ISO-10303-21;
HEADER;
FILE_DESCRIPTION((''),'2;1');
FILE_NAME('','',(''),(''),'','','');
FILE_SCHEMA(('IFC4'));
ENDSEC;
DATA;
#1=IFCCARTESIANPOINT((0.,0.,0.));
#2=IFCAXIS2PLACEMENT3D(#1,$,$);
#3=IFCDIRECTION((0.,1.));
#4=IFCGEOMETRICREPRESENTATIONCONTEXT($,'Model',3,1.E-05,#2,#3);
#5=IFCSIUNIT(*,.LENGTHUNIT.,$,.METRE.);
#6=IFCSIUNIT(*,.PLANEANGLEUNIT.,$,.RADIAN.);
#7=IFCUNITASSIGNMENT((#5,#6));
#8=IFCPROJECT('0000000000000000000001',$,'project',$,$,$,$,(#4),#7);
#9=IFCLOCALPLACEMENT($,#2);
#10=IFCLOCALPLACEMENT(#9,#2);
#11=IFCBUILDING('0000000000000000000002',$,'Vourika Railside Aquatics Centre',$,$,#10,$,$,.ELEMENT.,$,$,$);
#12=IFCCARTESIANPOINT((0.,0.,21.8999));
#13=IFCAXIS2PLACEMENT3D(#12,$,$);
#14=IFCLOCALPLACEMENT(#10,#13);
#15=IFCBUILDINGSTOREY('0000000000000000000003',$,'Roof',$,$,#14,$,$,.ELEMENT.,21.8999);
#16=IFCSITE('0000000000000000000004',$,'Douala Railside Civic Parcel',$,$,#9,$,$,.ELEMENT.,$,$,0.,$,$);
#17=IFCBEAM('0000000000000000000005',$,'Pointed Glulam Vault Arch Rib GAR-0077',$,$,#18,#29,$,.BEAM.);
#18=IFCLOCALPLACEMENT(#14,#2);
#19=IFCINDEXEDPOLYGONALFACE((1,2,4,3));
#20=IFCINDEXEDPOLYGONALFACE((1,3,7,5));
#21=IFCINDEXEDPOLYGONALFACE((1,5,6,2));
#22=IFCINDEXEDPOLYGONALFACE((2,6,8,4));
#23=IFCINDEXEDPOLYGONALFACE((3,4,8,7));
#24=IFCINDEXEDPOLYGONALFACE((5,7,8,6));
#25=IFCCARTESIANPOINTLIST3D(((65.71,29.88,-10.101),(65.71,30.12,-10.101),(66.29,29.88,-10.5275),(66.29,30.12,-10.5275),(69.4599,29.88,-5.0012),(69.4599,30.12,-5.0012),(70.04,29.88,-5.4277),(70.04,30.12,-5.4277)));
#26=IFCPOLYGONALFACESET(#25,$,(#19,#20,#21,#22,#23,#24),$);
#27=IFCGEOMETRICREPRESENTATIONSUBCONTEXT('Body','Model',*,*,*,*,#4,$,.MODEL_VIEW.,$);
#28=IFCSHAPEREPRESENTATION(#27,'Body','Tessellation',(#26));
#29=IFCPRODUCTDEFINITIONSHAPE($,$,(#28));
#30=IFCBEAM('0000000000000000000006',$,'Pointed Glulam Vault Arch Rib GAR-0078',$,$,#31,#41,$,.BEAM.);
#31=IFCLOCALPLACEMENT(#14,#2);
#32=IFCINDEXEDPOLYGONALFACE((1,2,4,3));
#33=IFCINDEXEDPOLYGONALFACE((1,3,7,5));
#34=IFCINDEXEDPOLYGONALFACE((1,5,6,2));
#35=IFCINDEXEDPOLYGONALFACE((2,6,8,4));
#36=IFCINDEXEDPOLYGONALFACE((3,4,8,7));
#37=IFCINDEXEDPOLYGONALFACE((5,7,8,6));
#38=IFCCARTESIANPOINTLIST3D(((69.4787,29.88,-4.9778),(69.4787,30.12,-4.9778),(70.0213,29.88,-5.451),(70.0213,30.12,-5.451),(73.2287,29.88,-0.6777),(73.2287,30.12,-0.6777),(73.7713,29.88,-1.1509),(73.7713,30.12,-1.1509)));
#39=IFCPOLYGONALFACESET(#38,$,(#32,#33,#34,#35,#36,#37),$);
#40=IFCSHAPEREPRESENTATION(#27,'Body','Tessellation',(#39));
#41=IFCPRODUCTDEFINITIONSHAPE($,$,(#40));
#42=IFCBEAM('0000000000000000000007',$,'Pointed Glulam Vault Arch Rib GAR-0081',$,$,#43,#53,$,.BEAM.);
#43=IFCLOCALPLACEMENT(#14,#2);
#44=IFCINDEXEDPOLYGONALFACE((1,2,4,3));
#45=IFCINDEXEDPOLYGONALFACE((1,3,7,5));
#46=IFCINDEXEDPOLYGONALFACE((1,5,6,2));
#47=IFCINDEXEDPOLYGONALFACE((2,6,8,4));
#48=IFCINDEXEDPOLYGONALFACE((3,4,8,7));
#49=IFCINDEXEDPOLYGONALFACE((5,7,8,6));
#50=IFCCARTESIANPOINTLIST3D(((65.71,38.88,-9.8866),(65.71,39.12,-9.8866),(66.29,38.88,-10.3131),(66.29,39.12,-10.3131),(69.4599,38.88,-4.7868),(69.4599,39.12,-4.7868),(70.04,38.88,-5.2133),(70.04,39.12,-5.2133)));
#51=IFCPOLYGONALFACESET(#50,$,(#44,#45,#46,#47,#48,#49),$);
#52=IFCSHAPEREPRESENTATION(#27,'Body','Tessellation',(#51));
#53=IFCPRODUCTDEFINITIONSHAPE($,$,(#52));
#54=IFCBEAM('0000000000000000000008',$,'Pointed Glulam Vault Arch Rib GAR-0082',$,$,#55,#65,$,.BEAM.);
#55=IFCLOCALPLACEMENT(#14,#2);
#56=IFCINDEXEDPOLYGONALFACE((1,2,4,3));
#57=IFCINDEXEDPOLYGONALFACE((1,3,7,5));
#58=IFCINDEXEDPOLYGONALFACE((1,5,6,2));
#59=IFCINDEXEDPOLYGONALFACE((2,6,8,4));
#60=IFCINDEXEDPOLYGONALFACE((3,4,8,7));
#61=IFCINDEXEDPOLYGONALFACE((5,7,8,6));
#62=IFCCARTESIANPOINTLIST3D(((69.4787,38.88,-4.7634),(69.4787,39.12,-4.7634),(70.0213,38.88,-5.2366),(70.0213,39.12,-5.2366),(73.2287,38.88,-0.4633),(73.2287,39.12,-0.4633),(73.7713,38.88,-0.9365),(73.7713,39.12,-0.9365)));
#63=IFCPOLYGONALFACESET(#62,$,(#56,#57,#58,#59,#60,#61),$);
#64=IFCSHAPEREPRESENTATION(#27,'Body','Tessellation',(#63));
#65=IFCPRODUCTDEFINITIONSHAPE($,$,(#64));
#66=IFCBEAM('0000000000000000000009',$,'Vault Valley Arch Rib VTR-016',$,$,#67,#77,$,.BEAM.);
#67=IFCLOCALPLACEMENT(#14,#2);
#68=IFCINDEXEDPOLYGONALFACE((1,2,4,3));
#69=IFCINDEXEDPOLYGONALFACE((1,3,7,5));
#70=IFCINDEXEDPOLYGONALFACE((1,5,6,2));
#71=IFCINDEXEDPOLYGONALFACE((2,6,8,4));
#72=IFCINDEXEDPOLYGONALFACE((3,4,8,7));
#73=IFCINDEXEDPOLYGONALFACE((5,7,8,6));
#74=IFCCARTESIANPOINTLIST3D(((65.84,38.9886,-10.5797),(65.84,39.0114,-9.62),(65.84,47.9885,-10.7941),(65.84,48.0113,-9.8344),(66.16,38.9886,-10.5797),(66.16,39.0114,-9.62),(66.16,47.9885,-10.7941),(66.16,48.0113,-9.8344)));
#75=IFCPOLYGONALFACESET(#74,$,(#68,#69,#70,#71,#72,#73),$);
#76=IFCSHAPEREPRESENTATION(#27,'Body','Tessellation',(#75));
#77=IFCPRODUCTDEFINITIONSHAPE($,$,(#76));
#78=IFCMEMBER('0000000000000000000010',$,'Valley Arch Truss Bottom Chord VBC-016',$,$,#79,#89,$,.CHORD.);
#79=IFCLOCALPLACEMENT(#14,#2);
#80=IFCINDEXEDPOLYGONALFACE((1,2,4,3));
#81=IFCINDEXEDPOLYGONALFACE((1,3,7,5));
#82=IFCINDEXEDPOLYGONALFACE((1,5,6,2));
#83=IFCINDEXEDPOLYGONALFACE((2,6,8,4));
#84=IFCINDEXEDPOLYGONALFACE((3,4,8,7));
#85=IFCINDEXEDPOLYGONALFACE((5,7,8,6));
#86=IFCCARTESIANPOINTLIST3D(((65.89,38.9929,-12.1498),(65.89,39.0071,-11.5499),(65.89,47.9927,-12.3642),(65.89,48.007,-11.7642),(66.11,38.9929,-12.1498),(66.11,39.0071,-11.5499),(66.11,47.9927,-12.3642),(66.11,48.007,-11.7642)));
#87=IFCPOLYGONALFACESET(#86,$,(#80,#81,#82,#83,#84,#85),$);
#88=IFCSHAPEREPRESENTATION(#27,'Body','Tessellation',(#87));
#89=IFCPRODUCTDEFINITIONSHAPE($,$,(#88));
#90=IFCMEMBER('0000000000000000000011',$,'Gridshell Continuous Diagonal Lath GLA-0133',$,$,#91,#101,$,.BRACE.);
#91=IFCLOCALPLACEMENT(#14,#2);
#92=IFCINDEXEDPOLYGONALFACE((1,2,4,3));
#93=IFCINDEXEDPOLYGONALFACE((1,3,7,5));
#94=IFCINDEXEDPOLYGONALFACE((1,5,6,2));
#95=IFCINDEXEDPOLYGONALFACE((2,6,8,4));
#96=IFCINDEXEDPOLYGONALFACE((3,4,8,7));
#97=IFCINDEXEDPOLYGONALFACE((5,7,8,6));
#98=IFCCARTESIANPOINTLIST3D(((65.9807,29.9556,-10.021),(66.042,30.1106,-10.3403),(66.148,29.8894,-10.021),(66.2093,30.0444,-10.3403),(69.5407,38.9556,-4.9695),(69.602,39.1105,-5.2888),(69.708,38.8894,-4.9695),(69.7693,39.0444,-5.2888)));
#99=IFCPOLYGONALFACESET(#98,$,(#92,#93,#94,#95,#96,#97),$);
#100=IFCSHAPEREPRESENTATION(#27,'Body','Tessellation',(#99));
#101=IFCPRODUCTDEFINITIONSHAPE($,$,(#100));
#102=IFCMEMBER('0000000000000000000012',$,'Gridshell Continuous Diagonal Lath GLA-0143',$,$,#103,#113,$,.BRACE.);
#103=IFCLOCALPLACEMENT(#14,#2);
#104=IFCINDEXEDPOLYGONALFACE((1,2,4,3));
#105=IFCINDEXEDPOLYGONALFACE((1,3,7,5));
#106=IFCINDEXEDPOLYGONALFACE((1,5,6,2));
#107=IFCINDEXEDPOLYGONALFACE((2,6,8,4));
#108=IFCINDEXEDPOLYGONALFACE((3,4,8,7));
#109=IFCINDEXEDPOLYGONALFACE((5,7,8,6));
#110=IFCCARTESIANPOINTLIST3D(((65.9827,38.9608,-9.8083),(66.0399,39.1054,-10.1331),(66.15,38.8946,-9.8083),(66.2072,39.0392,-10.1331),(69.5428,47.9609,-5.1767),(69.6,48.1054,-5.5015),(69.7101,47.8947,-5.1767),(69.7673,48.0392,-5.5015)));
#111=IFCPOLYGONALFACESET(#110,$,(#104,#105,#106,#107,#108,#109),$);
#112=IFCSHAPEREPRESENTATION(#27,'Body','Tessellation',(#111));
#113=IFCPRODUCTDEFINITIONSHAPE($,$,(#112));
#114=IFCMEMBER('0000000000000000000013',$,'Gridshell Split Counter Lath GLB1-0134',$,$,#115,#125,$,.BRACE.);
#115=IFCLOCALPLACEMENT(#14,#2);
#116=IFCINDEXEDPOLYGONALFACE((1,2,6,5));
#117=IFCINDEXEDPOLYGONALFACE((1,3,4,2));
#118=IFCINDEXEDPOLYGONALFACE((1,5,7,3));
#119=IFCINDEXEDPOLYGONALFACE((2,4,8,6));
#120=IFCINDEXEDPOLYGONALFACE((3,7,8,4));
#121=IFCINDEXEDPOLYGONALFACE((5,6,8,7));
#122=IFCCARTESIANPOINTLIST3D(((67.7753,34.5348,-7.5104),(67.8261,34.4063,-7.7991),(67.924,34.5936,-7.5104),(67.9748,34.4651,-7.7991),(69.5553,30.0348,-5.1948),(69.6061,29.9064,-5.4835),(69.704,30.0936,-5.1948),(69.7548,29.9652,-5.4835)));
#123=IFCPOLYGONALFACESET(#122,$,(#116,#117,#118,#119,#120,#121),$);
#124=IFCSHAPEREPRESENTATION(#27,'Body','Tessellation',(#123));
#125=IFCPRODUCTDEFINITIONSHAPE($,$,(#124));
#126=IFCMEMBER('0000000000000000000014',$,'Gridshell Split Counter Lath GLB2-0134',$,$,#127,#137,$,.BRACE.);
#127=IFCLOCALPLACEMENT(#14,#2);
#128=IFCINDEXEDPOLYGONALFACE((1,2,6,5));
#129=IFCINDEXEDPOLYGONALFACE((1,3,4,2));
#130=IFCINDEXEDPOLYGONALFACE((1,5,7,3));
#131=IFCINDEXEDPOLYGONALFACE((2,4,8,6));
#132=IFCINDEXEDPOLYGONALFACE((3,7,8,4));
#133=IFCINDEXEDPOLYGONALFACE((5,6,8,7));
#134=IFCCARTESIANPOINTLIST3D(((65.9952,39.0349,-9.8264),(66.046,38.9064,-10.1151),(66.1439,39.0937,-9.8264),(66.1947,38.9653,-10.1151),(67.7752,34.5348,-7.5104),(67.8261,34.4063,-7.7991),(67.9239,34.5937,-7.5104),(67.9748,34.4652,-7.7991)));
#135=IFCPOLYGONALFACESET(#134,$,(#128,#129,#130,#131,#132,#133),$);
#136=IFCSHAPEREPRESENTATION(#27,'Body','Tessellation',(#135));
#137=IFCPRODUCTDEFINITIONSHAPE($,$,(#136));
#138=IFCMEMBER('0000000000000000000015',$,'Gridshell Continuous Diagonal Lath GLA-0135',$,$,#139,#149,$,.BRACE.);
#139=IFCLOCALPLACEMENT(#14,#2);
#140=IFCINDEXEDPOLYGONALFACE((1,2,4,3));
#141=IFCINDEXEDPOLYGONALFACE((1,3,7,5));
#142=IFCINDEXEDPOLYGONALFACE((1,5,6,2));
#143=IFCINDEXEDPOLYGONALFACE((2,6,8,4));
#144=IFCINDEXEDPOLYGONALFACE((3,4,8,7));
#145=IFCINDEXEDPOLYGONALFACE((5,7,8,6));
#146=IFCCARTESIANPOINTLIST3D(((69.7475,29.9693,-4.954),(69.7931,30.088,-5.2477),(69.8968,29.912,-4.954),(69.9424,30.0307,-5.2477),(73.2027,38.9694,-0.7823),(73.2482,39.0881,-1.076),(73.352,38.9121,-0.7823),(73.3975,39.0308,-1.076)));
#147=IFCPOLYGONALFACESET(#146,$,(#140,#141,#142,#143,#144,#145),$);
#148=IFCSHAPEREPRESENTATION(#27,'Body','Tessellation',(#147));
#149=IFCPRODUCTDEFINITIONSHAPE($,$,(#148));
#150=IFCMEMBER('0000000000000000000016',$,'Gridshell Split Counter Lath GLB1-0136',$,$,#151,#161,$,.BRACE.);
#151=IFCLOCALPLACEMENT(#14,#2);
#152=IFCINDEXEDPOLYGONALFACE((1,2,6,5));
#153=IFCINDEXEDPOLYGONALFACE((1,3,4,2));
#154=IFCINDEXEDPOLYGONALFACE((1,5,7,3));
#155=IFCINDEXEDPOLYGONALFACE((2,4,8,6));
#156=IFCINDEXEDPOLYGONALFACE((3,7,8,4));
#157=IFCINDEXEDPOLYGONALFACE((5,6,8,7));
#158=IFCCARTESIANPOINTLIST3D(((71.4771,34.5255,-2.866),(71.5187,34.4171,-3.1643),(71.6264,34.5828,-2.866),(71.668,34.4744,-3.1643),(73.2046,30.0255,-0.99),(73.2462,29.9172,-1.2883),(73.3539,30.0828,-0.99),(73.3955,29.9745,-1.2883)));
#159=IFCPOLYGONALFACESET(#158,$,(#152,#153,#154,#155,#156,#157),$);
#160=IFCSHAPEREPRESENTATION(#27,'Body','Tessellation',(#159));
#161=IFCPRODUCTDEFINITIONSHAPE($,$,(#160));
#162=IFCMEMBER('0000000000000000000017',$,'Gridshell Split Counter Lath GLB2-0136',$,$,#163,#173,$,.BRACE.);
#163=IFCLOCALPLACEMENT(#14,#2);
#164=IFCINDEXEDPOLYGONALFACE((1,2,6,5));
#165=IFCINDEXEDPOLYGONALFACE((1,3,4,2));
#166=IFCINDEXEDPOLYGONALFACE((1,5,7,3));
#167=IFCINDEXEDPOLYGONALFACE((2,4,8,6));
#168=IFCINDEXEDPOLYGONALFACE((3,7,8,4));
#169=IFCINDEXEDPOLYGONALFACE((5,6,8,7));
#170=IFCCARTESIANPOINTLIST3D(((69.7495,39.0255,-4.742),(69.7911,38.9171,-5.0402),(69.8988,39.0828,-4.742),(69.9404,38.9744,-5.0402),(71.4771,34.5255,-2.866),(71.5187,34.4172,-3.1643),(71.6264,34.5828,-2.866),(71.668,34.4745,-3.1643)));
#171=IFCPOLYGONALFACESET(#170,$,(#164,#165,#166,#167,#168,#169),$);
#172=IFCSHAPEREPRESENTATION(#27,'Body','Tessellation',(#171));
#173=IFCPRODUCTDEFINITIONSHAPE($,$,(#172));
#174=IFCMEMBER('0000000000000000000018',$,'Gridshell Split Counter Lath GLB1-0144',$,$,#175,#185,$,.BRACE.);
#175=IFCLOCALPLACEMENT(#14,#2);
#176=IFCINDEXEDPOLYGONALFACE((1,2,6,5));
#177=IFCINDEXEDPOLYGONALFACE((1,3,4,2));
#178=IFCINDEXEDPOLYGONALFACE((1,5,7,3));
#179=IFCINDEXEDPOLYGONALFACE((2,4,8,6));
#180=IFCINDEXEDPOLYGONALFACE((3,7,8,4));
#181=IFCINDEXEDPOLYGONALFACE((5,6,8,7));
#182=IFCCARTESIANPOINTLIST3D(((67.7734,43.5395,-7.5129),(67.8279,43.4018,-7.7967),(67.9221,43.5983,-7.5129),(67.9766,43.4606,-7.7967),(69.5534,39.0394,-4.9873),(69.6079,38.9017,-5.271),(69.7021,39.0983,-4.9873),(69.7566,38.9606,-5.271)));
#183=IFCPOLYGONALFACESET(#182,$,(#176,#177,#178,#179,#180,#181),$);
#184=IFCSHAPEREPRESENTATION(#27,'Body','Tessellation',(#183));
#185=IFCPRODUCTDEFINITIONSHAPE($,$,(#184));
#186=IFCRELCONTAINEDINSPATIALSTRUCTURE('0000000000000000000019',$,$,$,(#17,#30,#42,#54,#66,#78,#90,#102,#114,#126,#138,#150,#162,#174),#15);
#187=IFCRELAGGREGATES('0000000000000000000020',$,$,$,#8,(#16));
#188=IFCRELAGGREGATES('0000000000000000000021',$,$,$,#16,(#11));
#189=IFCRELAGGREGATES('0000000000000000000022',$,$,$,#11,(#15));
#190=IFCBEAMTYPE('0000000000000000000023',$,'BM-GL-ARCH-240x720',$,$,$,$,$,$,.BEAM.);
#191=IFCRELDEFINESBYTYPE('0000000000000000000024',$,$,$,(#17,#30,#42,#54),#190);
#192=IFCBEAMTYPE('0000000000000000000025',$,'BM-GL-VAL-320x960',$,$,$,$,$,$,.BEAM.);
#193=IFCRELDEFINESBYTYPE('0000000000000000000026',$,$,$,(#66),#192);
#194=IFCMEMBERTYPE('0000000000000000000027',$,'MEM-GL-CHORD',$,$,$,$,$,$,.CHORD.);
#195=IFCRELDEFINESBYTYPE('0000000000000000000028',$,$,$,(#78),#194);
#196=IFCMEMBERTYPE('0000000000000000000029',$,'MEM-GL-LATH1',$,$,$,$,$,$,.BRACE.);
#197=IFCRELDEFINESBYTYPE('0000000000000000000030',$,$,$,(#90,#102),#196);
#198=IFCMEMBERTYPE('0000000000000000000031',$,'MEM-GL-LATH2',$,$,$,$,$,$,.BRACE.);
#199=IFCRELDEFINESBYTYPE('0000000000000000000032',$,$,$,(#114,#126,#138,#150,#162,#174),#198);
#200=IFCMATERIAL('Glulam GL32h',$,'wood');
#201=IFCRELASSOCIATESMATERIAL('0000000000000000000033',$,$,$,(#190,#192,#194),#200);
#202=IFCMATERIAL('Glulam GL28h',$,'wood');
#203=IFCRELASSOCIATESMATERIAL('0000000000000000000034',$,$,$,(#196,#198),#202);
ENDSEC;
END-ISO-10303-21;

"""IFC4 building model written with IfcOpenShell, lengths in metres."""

from ifc_helpers import new_model, si_unit, direction, frame, origin, origin_2d, place, context, subcontext, project, spatial, rectangle, extrude, material, material_profile, profile_set, type_object, element, save


model = new_model("IFC4")

# Units and contexts
model_context = context("Model", 3, precision=1e-05, world=origin(), true_north=direction((0.0, 1.0)))
body_context = subcontext(model_context, "Body", "Model", "MODEL_VIEW")
ifc_project = project(units=[si_unit("LENGTHUNIT", "METRE"), si_unit("PLANEANGLEUNIT", "RADIAN")], contexts=[model_context])

# Site, building, storey
site_placement = place(None, origin())
site = spatial("IfcSite", under=ifc_project, at=site_placement, Name="Douala Railside Civic Parcel", CompositionType="ELEMENT", RefElevation=0.0)
building_placement = place(site_placement, origin())
building = spatial("IfcBuilding", under=site, at=building_placement, Name="Vourika Railside Aquatics Centre", CompositionType="ELEMENT")
storey_placement = place(building_placement, frame((0.0, 0.0, 21.8999)))
storey = spatial("IfcBuildingStorey", under=building, at=storey_placement, Name="Roof", CompositionType="ELEMENT", Elevation=21.8999)

# Beams
ifc_material_1 = material(Name="Glulam GL32h", Category="wood")
ifc_material_profile_1 = material_profile(ifc_material_1, rectangle(XDim=0.24, YDim=0.72, at=origin_2d()), Name="GL32h 240x720")
ifc_profile_set_1 = profile_set([ifc_material_profile_1], Name="Glulam GL32h")
beam_type_1 = type_object("IfcBeamType", Name="BM-GL-ARCH-240x720", PredefinedType="BEAM", material=ifc_profile_set_1)
beam_1_placement = place(storey_placement, frame((66.0, 30.0, -10.3142), z_axis=(0.592401, 0.0, 0.805643), x_axis=(0.0, 1.0, 0.0)))
element("IfcBeam", 1, at=beam_1_placement, inside=storey, type_object=beam_type_1, Name="Pointed Glulam Vault Arch Rib GAR-0077", PredefinedType="BEAM", context=body_context, shape_type="SweptSolid", body=[
    extrude(rectangle(XDim=0.24, YDim=0.72, at=origin_2d()), origin(), (0.0, 0.0, 1.0), 6.3301),
])
beam_2_placement = place(storey_placement, frame((69.75, 30.0, -5.2144), z_axis=(0.657259, 0.0, 0.753665), x_axis=(0.0, 1.0, 0.0)))
element("IfcBeam", 2, at=beam_2_placement, inside=storey, type_object=beam_type_1, Name="Pointed Glulam Vault Arch Rib GAR-0078", PredefinedType="BEAM", context=body_context, shape_type="SweptSolid", body=[
    extrude(rectangle(XDim=0.24, YDim=0.72, at=origin_2d()), origin(), (0.0, 0.0, 1.0), 5.7056),
])
beam_3_placement = place(storey_placement, frame((66.0, 39.0, -10.0999), z_axis=(0.592401, 0.0, 0.805643), x_axis=(0.0, 1.0, 0.0)))
element("IfcBeam", 3, at=beam_3_placement, inside=storey, type_object=beam_type_1, Name="Pointed Glulam Vault Arch Rib GAR-0081", PredefinedType="BEAM", context=body_context, shape_type="SweptSolid", body=[
    extrude(rectangle(XDim=0.24, YDim=0.72, at=origin_2d()), origin(), (0.0, 0.0, 1.0), 6.3301),
])
beam_4_placement = place(storey_placement, frame((69.75, 39.0, -5.0), z_axis=(0.657259, 0.0, 0.753665), x_axis=(0.0, 1.0, 0.0)))
element("IfcBeam", 4, at=beam_4_placement, inside=storey, type_object=beam_type_1, Name="Pointed Glulam Vault Arch Rib GAR-0082", PredefinedType="BEAM", context=body_context, shape_type="SweptSolid", body=[
    extrude(rectangle(XDim=0.24, YDim=0.72, at=origin_2d()), origin(), (0.0, 0.0, 1.0), 5.7056),
])
ifc_material_profile_2 = material_profile(ifc_material_1, rectangle(XDim=0.3201, YDim=0.96, at=origin_2d()), Name="GL32h 320x960")
ifc_profile_set_2 = profile_set([ifc_material_profile_2], Name="Glulam GL32h")
beam_type_2 = type_object("IfcBeamType", Name="BM-GL-VAL-320x960", PredefinedType="BEAM", material=ifc_profile_set_2)
beam_5_placement = place(storey_placement, frame((66.0, 39.0, -10.0999), z_axis=(0.0, 0.999716, -0.023811), x_axis=(-1.0, 0.0, 0.0)))
element("IfcBeam", 5, at=beam_5_placement, inside=storey, type_object=beam_type_2, Name="Vault Valley Arch Rib VTR-016", PredefinedType="BEAM", context=body_context, shape_type="SweptSolid", body=[
    extrude(rectangle(XDim=0.3201, YDim=0.96, at=origin_2d()), origin(), (0.0, 0.0, 1.0), 9.0024),
])

# Members
ifc_material_profile_3 = material_profile(ifc_material_1, rectangle(XDim=0.22, YDim=0.6001, at=origin_2d()), Name="GL32h 220x600")
ifc_profile_set_3 = profile_set([ifc_material_profile_3], Name="Glulam GL32h")
member_type_1 = type_object("IfcMemberType", Name="MEM-GL-CHORD", PredefinedType="CHORD", material=ifc_profile_set_3)
member_1_placement = place(storey_placement, frame((66.0, 39.0, -11.8499), z_axis=(0.0, 0.999716, -0.023811), x_axis=(-1.0, 0.0, 0.0)))
element("IfcMember", 6, at=member_1_placement, inside=storey, type_object=member_type_1, Name="Valley Arch Truss Bottom Chord VBC-016", PredefinedType="CHORD", context=body_context, shape_type="SweptSolid", body=[
    extrude(rectangle(XDim=0.22, YDim=0.6001, at=origin_2d()), origin(), (0.0, 0.0, 1.0), 9.0024),
])
ifc_material_2 = material(Name="Glulam GL28h", Category="wood")
ifc_material_profile_4 = material_profile(ifc_material_2, rectangle(XDim=0.1799, YDim=0.3601, at=origin_2d()), Name="GL28h 180x360")
ifc_profile_set_4 = profile_set([ifc_material_profile_4], Name="Glulam GL28h")
member_type_2 = type_object("IfcMemberType", Name="MEM-GL-LATH1", PredefinedType="BRACE", material=ifc_profile_set_4)
member_2_placement = place(storey_placement, frame((66.095, 30.0, -10.1807), z_axis=(0.326087, 0.824365, 0.462699), x_axis=(-0.929893, 0.36783, 0.0)))
element("IfcMember", 7, at=member_2_placement, inside=storey, type_object=member_type_2, Name="Gridshell Continuous Diagonal Lath GLA-0133", PredefinedType="BRACE", context=body_context, shape_type="SweptSolid", body=[
    extrude(rectangle(XDim=0.1799, YDim=0.3601, at=origin_2d()), origin(), (0.0, 0.0, 1.0), 10.9175),
])
member_3_placement = place(storey_placement, frame((66.095, 39.0, -9.9707), z_axis=(0.331796, 0.838796, 0.431662), x_axis=(-0.929893, 0.36783, 0.0)))
element("IfcMember", 8, at=member_3_placement, inside=storey, type_object=member_type_2, Name="Gridshell Continuous Diagonal Lath GLA-0143", PredefinedType="BRACE", context=body_context, shape_type="SweptSolid", body=[
    extrude(rectangle(XDim=0.1799, YDim=0.3601, at=origin_2d()), origin(), (0.0, 0.0, 1.0), 10.7297),
])
ifc_material_profile_5 = material_profile(ifc_material_2, rectangle(XDim=0.1599, YDim=0.3201, at=origin_2d()), Name="GL28h 160x320")
ifc_profile_set_5 = profile_set([ifc_material_profile_5], Name="Glulam GL28h")
member_type_3 = type_object("IfcMemberType", Name="MEM-GL-LATH2", PredefinedType="BRACE", material=ifc_profile_set_5)
member_4_placement = place(storey_placement, frame((69.655, 30.0, -5.3391), z_axis=(-0.331799, 0.838804, -0.431644), x_axis=(-0.929893, -0.36783, 0.0)))
element("IfcMember", 9, at=member_4_placement, inside=storey, type_object=member_type_3, Name="Gridshell Split Counter Lath GLB1-0134", PredefinedType="BRACE", context=body_context, shape_type="SweptSolid", body=[
    extrude(rectangle(XDim=0.1599, YDim=0.3201, at=origin_2d()), origin(), (0.0, 0.0, 1.0), 5.3647),
])
member_5_placement = place(storey_placement, frame((67.875, 34.5, -7.6548), z_axis=(-0.331793, 0.838788, -0.431681), x_axis=(-0.929893, -0.36783, 0.0)))
element("IfcMember", 10, at=member_5_placement, inside=storey, type_object=member_type_3, Name="Gridshell Split Counter Lath GLB2-0134", PredefinedType="BRACE", context=body_context, shape_type="SweptSolid", body=[
    extrude(rectangle(XDim=0.1599, YDim=0.3201, at=origin_2d()), origin(), (0.0, 0.0, 1.0), 5.365),
])
member_6_placement = place(storey_placement, frame((69.845, 30.0, -5.1008), z_axis=(0.328921, 0.856793, 0.397136), x_axis=(-0.93357, 0.358395, 0.0)))
element("IfcMember", 11, at=member_6_placement, inside=storey, type_object=member_type_3, Name="Gridshell Continuous Diagonal Lath GLA-0135", PredefinedType="BRACE", context=body_context, shape_type="SweptSolid", body=[
    extrude(rectangle(XDim=0.1599, YDim=0.3201, at=origin_2d()), origin(), (0.0, 0.0, 1.0), 10.5044),
])
for number, where, z_axis, x_axis, name in (
    (12, (73.3, 30.0, -1.1392), (-0.333992, 0.870003, -0.36269), (-0.93357, -0.358395, 0.0), "Gridshell Split Counter Lath GLB1-0136"),
    (13, (71.5725, 34.5, -3.0151), (-0.333992, 0.870003, -0.36269), (-0.93357, -0.358395, 0.0), "Gridshell Split Counter Lath GLB2-0136"),
):
    element("IfcMember", number, at=place(storey_placement, frame(where, z_axis=z_axis, x_axis=x_axis)), inside=storey, type_object=member_type_3, Name=name, PredefinedType="BRACE", context=body_context, shape_type="SweptSolid", body=[
        extrude(rectangle(XDim=0.1599, YDim=0.3201, at=origin_2d()), origin(), (0.0, 0.0, 1.0), 5.1724),
    ])
member_7_placement = place(storey_placement, frame((69.655, 39.0, -5.1292), z_axis=(-0.326091, 0.824373, -0.462681), x_axis=(-0.929893, -0.36783, 0.0)))
element("IfcMember", 14, at=member_7_placement, inside=storey, type_object=member_type_3, Name="Gridshell Split Counter Lath GLB1-0144", PredefinedType="BRACE", context=body_context, shape_type="SweptSolid", body=[
    extrude(rectangle(XDim=0.1599, YDim=0.3201, at=origin_2d()), origin(), (0.0, 0.0, 1.0), 5.4587),
])

save(model, "model.ifc")
